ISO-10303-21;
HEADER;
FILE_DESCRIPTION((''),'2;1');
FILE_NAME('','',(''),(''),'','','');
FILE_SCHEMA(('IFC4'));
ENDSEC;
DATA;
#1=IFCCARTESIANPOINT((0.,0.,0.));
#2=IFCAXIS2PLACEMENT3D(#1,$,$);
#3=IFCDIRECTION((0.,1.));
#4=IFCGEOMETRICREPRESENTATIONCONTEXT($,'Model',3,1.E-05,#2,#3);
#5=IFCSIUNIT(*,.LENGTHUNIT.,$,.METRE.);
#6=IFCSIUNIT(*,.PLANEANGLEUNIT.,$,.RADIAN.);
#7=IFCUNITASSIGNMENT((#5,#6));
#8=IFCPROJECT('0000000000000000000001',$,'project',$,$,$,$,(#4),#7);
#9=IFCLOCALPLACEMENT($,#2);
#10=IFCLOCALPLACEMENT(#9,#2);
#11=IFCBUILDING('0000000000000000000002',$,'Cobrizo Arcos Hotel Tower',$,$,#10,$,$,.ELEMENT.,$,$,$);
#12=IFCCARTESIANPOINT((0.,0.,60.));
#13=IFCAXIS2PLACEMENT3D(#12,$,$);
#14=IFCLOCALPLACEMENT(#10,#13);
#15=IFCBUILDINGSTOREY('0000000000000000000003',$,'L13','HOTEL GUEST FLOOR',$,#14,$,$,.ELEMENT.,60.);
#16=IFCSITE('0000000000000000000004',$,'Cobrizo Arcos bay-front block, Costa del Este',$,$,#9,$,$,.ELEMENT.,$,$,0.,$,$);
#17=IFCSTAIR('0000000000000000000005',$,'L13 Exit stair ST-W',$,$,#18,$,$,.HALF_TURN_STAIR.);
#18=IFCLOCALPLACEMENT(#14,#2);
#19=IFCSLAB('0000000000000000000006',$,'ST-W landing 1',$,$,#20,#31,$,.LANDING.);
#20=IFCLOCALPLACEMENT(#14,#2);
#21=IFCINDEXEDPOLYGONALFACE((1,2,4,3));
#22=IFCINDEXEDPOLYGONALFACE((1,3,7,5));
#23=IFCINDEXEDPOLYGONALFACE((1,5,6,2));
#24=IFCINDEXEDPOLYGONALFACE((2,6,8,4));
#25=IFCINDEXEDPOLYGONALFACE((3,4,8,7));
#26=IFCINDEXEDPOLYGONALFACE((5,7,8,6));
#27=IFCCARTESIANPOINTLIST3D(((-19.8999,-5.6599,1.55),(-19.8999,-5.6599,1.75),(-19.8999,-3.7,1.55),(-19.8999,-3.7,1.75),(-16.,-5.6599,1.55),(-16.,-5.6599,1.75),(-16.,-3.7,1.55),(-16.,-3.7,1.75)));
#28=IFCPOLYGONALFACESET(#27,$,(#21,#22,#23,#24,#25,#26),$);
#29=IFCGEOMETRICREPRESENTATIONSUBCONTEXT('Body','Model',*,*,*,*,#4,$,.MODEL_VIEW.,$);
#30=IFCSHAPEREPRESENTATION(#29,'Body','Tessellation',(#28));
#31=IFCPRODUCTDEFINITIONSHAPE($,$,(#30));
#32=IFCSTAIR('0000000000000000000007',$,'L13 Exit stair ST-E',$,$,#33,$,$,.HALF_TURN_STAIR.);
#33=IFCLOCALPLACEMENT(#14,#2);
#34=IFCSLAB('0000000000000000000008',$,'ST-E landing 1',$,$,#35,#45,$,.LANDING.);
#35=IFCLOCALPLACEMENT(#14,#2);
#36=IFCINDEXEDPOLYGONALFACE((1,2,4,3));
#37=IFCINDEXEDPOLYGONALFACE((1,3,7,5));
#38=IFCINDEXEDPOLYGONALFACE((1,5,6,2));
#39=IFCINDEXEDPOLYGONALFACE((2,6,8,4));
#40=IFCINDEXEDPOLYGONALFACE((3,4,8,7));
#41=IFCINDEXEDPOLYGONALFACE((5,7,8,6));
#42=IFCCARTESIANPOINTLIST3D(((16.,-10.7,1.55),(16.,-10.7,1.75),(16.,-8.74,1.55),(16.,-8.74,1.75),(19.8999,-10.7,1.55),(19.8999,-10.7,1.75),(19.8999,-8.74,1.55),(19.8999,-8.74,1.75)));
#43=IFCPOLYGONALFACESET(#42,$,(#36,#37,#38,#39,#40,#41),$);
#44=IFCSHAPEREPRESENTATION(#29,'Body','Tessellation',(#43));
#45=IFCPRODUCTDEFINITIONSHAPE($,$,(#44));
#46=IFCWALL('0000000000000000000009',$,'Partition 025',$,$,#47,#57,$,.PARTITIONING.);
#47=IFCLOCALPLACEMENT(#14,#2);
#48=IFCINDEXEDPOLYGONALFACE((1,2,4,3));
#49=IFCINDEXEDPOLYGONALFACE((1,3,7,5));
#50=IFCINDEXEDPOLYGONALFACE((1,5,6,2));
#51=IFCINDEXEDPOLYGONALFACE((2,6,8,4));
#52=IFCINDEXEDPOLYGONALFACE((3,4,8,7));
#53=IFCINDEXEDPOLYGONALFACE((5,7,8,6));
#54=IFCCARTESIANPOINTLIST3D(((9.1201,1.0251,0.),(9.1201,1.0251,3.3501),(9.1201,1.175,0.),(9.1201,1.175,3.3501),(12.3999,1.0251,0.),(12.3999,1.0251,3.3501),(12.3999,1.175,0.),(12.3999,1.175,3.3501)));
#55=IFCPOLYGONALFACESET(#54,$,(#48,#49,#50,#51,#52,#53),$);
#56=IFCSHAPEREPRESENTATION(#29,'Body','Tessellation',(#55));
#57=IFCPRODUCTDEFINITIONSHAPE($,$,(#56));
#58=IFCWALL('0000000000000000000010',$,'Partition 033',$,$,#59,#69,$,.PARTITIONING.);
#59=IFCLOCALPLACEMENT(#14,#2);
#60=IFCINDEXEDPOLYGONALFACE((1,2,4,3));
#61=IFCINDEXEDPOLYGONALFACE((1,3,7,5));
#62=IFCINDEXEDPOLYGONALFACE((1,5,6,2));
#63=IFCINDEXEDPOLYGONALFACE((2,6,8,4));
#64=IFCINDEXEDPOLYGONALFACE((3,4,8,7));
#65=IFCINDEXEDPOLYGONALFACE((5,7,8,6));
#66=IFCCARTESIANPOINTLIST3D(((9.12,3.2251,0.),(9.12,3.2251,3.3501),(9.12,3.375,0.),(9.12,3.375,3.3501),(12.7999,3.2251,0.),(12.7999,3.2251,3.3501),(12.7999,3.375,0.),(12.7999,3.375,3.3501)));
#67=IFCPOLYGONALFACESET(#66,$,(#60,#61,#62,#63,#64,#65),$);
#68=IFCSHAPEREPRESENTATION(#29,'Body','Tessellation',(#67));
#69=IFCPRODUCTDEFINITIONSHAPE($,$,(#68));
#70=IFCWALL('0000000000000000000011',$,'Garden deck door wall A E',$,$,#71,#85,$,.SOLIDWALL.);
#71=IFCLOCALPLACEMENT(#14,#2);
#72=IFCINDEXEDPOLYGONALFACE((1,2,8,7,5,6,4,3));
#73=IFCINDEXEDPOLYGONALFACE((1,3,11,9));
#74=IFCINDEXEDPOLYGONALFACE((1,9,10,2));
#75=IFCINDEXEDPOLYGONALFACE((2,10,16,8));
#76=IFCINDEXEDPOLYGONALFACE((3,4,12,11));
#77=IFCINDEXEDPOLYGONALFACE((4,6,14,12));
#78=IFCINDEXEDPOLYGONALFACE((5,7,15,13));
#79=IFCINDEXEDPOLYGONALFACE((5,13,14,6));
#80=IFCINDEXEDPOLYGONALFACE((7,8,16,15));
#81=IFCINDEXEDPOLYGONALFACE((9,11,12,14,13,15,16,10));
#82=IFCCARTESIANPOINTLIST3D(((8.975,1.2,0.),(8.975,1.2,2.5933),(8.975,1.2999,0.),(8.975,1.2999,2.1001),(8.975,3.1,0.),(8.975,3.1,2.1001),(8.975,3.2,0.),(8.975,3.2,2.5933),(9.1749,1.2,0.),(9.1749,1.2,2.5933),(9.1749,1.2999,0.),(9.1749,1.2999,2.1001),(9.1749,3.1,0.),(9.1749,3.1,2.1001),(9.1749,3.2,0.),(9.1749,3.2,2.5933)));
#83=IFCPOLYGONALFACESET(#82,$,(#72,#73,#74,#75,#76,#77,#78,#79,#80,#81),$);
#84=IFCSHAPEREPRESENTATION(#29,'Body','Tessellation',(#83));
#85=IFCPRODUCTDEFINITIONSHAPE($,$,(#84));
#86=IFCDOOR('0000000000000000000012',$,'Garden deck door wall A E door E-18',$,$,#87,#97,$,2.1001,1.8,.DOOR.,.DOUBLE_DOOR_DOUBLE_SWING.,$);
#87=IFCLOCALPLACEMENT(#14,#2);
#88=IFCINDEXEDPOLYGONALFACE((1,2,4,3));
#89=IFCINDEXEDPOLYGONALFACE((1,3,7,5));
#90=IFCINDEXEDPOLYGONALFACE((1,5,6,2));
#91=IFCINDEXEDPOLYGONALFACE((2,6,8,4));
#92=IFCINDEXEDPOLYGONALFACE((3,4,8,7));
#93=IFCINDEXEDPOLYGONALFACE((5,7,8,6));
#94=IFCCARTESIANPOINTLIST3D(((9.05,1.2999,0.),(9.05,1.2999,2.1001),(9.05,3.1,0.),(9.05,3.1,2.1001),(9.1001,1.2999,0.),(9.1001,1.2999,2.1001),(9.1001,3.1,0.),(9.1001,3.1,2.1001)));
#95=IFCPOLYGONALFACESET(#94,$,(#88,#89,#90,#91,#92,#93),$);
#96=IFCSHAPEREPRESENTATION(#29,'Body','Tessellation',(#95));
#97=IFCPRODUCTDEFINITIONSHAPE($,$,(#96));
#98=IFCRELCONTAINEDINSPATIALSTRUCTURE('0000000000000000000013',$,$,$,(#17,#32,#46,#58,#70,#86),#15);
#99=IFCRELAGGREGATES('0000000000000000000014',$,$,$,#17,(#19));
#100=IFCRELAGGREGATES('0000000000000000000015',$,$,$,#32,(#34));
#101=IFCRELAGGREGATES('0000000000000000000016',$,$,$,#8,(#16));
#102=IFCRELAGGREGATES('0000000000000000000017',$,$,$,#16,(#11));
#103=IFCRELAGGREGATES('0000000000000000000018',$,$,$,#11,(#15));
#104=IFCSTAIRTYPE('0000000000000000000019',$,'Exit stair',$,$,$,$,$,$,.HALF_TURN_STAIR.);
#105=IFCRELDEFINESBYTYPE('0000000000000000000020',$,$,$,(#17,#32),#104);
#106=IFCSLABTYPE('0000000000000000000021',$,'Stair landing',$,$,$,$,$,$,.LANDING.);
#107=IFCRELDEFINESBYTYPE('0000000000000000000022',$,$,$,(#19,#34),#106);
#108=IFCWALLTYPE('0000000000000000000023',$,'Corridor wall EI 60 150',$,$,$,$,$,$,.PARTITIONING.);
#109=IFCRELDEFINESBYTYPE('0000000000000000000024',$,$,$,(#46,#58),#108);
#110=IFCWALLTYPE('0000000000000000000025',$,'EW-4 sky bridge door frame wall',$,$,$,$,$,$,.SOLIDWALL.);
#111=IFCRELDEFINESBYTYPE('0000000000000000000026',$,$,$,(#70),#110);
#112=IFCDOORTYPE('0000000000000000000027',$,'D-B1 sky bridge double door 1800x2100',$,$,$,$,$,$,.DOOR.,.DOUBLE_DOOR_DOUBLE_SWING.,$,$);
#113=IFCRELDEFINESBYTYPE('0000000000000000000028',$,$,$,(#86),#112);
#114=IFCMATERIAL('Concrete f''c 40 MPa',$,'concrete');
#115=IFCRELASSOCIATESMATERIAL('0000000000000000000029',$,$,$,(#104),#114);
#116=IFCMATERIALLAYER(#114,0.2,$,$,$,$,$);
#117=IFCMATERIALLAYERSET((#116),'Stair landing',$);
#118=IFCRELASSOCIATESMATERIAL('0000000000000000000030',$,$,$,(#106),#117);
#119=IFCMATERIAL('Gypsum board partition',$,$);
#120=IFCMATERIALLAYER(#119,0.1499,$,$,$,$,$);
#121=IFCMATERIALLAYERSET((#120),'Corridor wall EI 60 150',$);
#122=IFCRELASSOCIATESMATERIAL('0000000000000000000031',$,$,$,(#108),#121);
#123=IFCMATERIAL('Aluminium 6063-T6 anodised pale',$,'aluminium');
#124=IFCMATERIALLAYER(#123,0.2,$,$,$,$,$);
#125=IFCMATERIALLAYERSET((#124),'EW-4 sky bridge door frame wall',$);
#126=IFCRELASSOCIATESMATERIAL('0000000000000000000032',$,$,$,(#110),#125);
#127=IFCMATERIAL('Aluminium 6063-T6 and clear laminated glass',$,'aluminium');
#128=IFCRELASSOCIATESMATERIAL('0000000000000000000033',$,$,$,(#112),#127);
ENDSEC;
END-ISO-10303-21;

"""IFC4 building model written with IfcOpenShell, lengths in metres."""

from ifc_helpers import new_model, si_unit, direction, frame, frame_2d, origin, place, context, subcontext, project, spatial, polyline, rectangle, outline, extrude, material, layer, layer_set, type_object, element, fill, aggregate, save


model = new_model("IFC4")

# Units and contexts
model_context = context("Model", 3, precision=1e-05, world=origin(), true_north=direction((0.0, 1.0)))
body_context = subcontext(model_context, "Body", "Model", "MODEL_VIEW")
ifc_project = project(units=[si_unit("LENGTHUNIT", "METRE"), si_unit("PLANEANGLEUNIT", "RADIAN")], contexts=[model_context])

# Site, building, storey
site_placement = place(None, origin())
site = spatial("IfcSite", under=ifc_project, at=site_placement, Name="Cobrizo Arcos bay-front block, Costa del Este", CompositionType="ELEMENT", RefElevation=0.0)
building_placement = place(site_placement, origin())
building = spatial("IfcBuilding", under=site, at=building_placement, Name="Cobrizo Arcos Hotel Tower", CompositionType="ELEMENT")
storey_placement = place(building_placement, frame((0.0, 0.0, 60.0)))
storey = spatial("IfcBuildingStorey", under=building, at=storey_placement, Name="L13", Description="HOTEL GUEST FLOOR", CompositionType="ELEMENT", Elevation=60.0)

# Stairs, slabs
ifc_material_1 = material(Name="Concrete f'c 40 MPa", Category="concrete")
stair_type = type_object("IfcStairType", Name="Exit stair", PredefinedType="HALF_TURN_STAIR", material=ifc_material_1)
stair_1_placement = place(storey_placement, origin())
stair_1 = element("IfcStair", 1, at=stair_1_placement, inside=storey, type_object=stair_type, Name="L13 Exit stair ST-W", PredefinedType="HALF_TURN_STAIR")
ifc_layer_1 = layer(ifc_material_1, 0.2)
ifc_layer_set_1 = layer_set([ifc_layer_1], Name="Stair landing")
slab_type_1 = type_object("IfcSlabType", Name="Stair landing", PredefinedType="LANDING", material=ifc_layer_set_1)
slab_1_placement = place(storey_placement, frame((0.0, 0.0, 1.55)))
slab_1 = element("IfcSlab", 2, at=slab_1_placement, type_object=slab_type_1, Name="ST-W landing 1", PredefinedType="LANDING", context=body_context, shape_type="SweptSolid", body=[
    extrude(outline(polyline([(-16.0, -5.6599), (-16.0, -3.7), (-19.8999, -3.7), (-19.8999, -5.6599), (-16.0, -5.6599)])), origin(), (0.0, 0.0, 1.0), 0.2),
])
aggregate(stair_1, [slab_1])
stair_2_placement = place(storey_placement, origin())
stair_2 = element("IfcStair", 3, at=stair_2_placement, inside=storey, type_object=stair_type, Name="L13 Exit stair ST-E", PredefinedType="HALF_TURN_STAIR")
slab_2_placement = place(storey_placement, frame((0.0, 0.0, 1.55)))
slab_2 = element("IfcSlab", 4, at=slab_2_placement, type_object=slab_type_1, Name="ST-E landing 1", PredefinedType="LANDING", context=body_context, shape_type="SweptSolid", body=[
    extrude(outline(polyline([(16.0, -8.74), (16.0, -10.7), (19.8999, -10.7), (19.8999, -8.74), (16.0, -8.74)])), origin(), (0.0, 0.0, 1.0), 0.2),
])
aggregate(stair_2, [slab_2])

# Walls
ifc_material_2 = material(Name="Gypsum board partition")
ifc_layer_2 = layer(ifc_material_2, 0.1499)
ifc_layer_set_2 = layer_set([ifc_layer_2], Name="Corridor wall EI 60 150")
wall_type_1 = type_object("IfcWallType", Name="Corridor wall EI 60 150", PredefinedType="PARTITIONING", material=ifc_layer_set_2)
wall_1_placement = place(storey_placement, frame((9.1201, 1.1001, 0.0), z_axis=(0.0, 0.0, 1.0), x_axis=(1.0, 0.0, 0.0)))
element("IfcWall", 5, at=wall_1_placement, inside=storey, type_object=wall_type_1, Name="Partition 025", PredefinedType="PARTITIONING", context=body_context, shape_type="SweptSolid", body=[
    extrude(rectangle(XDim=3.2798, YDim=0.1499, at=frame_2d((1.6399, 0.0))), origin(), (0.0, 0.0, 1.0), 3.3501),
])
wall_2_placement = place(storey_placement, frame((9.1201, 3.3, 0.0), z_axis=(0.0, 0.0, 1.0), x_axis=(1.0, 0.0, 0.0)))
element("IfcWall", 6, at=wall_2_placement, inside=storey, type_object=wall_type_1, Name="Partition 033", PredefinedType="PARTITIONING", context=body_context, shape_type="SweptSolid", body=[
    extrude(rectangle(XDim=3.6799, YDim=0.1499, at=frame_2d((1.8398, 0.0))), origin(), (0.0, 0.0, 1.0), 3.3501),
])

# Wall, opening, door
ifc_material_3 = material(Name="Aluminium 6063-T6 anodised pale", Category="aluminium")
ifc_layer_3 = layer(ifc_material_3, 0.2)
ifc_layer_set_3 = layer_set([ifc_layer_3], Name="EW-4 sky bridge door frame wall")
wall_type_2 = type_object("IfcWallType", Name="EW-4 sky bridge door frame wall", PredefinedType="SOLIDWALL", material=ifc_layer_set_3)
wall_3_placement = place(storey_placement, frame((9.075, 1.2, 0.0), z_axis=(0.0, 0.0, 1.0), x_axis=(0.0, 1.0, 0.0)))
wall_3 = element("IfcWall", 7, at=wall_3_placement, inside=storey, type_object=wall_type_2, Name="Garden deck door wall A E", PredefinedType="SOLIDWALL", context=body_context, shape_type="SweptSolid", body=[
    extrude(rectangle(XDim=2.0, YDim=0.2, at=frame_2d((1.0, 0.0))), origin(), (0.0, 0.0, 1.0), 2.5933),
])
opening_placement = place(wall_3_placement, frame((0.1001, 0.0, 0.0)))
opening = element("IfcOpeningElement", 8, at=opening_placement, cuts=wall_3, PredefinedType="OPENING", context=body_context, shape_type="SweptSolid", body=[
    extrude(rectangle(XDim=1.8, YDim=2.1001, at=frame_2d((0.8999, 1.05))), frame((0.0, 0.1121, 0.0), z_axis=(0.0, -1.0, 0.0), x_axis=(1.0, 0.0, 0.0)), (0.0, 0.0, 1.0), 0.2239),
])
ifc_material_4 = material(Name="Aluminium 6063-T6 and clear laminated glass", Category="aluminium")
door_type = type_object("IfcDoorType", Name="D-B1 sky bridge double door 1800x2100", OperationType="DOUBLE_DOOR_DOUBLE_SWING", PredefinedType="DOOR", material=ifc_material_4)
door_placement = place(opening_placement, origin())
door = element("IfcDoor", 9, at=door_placement, inside=storey, type_object=door_type, Name="Garden deck door wall A E door E-18", OperationType="DOUBLE_DOOR_DOUBLE_SWING", OverallHeight=2.1001, OverallWidth=1.8, PredefinedType="DOOR", context=body_context, shape_type="SweptSolid", body=[
    extrude(rectangle(XDim=1.8, YDim=2.1001, at=frame_2d((0.8999, 1.05))), frame((0.0, 0.0249, 0.0), z_axis=(0.0, -1.0, 0.0), x_axis=(1.0, 0.0, 0.0)), (0.0, 0.0, 1.0), 0.05),
])
fill(opening, door)

save(model, "model.ifc")
